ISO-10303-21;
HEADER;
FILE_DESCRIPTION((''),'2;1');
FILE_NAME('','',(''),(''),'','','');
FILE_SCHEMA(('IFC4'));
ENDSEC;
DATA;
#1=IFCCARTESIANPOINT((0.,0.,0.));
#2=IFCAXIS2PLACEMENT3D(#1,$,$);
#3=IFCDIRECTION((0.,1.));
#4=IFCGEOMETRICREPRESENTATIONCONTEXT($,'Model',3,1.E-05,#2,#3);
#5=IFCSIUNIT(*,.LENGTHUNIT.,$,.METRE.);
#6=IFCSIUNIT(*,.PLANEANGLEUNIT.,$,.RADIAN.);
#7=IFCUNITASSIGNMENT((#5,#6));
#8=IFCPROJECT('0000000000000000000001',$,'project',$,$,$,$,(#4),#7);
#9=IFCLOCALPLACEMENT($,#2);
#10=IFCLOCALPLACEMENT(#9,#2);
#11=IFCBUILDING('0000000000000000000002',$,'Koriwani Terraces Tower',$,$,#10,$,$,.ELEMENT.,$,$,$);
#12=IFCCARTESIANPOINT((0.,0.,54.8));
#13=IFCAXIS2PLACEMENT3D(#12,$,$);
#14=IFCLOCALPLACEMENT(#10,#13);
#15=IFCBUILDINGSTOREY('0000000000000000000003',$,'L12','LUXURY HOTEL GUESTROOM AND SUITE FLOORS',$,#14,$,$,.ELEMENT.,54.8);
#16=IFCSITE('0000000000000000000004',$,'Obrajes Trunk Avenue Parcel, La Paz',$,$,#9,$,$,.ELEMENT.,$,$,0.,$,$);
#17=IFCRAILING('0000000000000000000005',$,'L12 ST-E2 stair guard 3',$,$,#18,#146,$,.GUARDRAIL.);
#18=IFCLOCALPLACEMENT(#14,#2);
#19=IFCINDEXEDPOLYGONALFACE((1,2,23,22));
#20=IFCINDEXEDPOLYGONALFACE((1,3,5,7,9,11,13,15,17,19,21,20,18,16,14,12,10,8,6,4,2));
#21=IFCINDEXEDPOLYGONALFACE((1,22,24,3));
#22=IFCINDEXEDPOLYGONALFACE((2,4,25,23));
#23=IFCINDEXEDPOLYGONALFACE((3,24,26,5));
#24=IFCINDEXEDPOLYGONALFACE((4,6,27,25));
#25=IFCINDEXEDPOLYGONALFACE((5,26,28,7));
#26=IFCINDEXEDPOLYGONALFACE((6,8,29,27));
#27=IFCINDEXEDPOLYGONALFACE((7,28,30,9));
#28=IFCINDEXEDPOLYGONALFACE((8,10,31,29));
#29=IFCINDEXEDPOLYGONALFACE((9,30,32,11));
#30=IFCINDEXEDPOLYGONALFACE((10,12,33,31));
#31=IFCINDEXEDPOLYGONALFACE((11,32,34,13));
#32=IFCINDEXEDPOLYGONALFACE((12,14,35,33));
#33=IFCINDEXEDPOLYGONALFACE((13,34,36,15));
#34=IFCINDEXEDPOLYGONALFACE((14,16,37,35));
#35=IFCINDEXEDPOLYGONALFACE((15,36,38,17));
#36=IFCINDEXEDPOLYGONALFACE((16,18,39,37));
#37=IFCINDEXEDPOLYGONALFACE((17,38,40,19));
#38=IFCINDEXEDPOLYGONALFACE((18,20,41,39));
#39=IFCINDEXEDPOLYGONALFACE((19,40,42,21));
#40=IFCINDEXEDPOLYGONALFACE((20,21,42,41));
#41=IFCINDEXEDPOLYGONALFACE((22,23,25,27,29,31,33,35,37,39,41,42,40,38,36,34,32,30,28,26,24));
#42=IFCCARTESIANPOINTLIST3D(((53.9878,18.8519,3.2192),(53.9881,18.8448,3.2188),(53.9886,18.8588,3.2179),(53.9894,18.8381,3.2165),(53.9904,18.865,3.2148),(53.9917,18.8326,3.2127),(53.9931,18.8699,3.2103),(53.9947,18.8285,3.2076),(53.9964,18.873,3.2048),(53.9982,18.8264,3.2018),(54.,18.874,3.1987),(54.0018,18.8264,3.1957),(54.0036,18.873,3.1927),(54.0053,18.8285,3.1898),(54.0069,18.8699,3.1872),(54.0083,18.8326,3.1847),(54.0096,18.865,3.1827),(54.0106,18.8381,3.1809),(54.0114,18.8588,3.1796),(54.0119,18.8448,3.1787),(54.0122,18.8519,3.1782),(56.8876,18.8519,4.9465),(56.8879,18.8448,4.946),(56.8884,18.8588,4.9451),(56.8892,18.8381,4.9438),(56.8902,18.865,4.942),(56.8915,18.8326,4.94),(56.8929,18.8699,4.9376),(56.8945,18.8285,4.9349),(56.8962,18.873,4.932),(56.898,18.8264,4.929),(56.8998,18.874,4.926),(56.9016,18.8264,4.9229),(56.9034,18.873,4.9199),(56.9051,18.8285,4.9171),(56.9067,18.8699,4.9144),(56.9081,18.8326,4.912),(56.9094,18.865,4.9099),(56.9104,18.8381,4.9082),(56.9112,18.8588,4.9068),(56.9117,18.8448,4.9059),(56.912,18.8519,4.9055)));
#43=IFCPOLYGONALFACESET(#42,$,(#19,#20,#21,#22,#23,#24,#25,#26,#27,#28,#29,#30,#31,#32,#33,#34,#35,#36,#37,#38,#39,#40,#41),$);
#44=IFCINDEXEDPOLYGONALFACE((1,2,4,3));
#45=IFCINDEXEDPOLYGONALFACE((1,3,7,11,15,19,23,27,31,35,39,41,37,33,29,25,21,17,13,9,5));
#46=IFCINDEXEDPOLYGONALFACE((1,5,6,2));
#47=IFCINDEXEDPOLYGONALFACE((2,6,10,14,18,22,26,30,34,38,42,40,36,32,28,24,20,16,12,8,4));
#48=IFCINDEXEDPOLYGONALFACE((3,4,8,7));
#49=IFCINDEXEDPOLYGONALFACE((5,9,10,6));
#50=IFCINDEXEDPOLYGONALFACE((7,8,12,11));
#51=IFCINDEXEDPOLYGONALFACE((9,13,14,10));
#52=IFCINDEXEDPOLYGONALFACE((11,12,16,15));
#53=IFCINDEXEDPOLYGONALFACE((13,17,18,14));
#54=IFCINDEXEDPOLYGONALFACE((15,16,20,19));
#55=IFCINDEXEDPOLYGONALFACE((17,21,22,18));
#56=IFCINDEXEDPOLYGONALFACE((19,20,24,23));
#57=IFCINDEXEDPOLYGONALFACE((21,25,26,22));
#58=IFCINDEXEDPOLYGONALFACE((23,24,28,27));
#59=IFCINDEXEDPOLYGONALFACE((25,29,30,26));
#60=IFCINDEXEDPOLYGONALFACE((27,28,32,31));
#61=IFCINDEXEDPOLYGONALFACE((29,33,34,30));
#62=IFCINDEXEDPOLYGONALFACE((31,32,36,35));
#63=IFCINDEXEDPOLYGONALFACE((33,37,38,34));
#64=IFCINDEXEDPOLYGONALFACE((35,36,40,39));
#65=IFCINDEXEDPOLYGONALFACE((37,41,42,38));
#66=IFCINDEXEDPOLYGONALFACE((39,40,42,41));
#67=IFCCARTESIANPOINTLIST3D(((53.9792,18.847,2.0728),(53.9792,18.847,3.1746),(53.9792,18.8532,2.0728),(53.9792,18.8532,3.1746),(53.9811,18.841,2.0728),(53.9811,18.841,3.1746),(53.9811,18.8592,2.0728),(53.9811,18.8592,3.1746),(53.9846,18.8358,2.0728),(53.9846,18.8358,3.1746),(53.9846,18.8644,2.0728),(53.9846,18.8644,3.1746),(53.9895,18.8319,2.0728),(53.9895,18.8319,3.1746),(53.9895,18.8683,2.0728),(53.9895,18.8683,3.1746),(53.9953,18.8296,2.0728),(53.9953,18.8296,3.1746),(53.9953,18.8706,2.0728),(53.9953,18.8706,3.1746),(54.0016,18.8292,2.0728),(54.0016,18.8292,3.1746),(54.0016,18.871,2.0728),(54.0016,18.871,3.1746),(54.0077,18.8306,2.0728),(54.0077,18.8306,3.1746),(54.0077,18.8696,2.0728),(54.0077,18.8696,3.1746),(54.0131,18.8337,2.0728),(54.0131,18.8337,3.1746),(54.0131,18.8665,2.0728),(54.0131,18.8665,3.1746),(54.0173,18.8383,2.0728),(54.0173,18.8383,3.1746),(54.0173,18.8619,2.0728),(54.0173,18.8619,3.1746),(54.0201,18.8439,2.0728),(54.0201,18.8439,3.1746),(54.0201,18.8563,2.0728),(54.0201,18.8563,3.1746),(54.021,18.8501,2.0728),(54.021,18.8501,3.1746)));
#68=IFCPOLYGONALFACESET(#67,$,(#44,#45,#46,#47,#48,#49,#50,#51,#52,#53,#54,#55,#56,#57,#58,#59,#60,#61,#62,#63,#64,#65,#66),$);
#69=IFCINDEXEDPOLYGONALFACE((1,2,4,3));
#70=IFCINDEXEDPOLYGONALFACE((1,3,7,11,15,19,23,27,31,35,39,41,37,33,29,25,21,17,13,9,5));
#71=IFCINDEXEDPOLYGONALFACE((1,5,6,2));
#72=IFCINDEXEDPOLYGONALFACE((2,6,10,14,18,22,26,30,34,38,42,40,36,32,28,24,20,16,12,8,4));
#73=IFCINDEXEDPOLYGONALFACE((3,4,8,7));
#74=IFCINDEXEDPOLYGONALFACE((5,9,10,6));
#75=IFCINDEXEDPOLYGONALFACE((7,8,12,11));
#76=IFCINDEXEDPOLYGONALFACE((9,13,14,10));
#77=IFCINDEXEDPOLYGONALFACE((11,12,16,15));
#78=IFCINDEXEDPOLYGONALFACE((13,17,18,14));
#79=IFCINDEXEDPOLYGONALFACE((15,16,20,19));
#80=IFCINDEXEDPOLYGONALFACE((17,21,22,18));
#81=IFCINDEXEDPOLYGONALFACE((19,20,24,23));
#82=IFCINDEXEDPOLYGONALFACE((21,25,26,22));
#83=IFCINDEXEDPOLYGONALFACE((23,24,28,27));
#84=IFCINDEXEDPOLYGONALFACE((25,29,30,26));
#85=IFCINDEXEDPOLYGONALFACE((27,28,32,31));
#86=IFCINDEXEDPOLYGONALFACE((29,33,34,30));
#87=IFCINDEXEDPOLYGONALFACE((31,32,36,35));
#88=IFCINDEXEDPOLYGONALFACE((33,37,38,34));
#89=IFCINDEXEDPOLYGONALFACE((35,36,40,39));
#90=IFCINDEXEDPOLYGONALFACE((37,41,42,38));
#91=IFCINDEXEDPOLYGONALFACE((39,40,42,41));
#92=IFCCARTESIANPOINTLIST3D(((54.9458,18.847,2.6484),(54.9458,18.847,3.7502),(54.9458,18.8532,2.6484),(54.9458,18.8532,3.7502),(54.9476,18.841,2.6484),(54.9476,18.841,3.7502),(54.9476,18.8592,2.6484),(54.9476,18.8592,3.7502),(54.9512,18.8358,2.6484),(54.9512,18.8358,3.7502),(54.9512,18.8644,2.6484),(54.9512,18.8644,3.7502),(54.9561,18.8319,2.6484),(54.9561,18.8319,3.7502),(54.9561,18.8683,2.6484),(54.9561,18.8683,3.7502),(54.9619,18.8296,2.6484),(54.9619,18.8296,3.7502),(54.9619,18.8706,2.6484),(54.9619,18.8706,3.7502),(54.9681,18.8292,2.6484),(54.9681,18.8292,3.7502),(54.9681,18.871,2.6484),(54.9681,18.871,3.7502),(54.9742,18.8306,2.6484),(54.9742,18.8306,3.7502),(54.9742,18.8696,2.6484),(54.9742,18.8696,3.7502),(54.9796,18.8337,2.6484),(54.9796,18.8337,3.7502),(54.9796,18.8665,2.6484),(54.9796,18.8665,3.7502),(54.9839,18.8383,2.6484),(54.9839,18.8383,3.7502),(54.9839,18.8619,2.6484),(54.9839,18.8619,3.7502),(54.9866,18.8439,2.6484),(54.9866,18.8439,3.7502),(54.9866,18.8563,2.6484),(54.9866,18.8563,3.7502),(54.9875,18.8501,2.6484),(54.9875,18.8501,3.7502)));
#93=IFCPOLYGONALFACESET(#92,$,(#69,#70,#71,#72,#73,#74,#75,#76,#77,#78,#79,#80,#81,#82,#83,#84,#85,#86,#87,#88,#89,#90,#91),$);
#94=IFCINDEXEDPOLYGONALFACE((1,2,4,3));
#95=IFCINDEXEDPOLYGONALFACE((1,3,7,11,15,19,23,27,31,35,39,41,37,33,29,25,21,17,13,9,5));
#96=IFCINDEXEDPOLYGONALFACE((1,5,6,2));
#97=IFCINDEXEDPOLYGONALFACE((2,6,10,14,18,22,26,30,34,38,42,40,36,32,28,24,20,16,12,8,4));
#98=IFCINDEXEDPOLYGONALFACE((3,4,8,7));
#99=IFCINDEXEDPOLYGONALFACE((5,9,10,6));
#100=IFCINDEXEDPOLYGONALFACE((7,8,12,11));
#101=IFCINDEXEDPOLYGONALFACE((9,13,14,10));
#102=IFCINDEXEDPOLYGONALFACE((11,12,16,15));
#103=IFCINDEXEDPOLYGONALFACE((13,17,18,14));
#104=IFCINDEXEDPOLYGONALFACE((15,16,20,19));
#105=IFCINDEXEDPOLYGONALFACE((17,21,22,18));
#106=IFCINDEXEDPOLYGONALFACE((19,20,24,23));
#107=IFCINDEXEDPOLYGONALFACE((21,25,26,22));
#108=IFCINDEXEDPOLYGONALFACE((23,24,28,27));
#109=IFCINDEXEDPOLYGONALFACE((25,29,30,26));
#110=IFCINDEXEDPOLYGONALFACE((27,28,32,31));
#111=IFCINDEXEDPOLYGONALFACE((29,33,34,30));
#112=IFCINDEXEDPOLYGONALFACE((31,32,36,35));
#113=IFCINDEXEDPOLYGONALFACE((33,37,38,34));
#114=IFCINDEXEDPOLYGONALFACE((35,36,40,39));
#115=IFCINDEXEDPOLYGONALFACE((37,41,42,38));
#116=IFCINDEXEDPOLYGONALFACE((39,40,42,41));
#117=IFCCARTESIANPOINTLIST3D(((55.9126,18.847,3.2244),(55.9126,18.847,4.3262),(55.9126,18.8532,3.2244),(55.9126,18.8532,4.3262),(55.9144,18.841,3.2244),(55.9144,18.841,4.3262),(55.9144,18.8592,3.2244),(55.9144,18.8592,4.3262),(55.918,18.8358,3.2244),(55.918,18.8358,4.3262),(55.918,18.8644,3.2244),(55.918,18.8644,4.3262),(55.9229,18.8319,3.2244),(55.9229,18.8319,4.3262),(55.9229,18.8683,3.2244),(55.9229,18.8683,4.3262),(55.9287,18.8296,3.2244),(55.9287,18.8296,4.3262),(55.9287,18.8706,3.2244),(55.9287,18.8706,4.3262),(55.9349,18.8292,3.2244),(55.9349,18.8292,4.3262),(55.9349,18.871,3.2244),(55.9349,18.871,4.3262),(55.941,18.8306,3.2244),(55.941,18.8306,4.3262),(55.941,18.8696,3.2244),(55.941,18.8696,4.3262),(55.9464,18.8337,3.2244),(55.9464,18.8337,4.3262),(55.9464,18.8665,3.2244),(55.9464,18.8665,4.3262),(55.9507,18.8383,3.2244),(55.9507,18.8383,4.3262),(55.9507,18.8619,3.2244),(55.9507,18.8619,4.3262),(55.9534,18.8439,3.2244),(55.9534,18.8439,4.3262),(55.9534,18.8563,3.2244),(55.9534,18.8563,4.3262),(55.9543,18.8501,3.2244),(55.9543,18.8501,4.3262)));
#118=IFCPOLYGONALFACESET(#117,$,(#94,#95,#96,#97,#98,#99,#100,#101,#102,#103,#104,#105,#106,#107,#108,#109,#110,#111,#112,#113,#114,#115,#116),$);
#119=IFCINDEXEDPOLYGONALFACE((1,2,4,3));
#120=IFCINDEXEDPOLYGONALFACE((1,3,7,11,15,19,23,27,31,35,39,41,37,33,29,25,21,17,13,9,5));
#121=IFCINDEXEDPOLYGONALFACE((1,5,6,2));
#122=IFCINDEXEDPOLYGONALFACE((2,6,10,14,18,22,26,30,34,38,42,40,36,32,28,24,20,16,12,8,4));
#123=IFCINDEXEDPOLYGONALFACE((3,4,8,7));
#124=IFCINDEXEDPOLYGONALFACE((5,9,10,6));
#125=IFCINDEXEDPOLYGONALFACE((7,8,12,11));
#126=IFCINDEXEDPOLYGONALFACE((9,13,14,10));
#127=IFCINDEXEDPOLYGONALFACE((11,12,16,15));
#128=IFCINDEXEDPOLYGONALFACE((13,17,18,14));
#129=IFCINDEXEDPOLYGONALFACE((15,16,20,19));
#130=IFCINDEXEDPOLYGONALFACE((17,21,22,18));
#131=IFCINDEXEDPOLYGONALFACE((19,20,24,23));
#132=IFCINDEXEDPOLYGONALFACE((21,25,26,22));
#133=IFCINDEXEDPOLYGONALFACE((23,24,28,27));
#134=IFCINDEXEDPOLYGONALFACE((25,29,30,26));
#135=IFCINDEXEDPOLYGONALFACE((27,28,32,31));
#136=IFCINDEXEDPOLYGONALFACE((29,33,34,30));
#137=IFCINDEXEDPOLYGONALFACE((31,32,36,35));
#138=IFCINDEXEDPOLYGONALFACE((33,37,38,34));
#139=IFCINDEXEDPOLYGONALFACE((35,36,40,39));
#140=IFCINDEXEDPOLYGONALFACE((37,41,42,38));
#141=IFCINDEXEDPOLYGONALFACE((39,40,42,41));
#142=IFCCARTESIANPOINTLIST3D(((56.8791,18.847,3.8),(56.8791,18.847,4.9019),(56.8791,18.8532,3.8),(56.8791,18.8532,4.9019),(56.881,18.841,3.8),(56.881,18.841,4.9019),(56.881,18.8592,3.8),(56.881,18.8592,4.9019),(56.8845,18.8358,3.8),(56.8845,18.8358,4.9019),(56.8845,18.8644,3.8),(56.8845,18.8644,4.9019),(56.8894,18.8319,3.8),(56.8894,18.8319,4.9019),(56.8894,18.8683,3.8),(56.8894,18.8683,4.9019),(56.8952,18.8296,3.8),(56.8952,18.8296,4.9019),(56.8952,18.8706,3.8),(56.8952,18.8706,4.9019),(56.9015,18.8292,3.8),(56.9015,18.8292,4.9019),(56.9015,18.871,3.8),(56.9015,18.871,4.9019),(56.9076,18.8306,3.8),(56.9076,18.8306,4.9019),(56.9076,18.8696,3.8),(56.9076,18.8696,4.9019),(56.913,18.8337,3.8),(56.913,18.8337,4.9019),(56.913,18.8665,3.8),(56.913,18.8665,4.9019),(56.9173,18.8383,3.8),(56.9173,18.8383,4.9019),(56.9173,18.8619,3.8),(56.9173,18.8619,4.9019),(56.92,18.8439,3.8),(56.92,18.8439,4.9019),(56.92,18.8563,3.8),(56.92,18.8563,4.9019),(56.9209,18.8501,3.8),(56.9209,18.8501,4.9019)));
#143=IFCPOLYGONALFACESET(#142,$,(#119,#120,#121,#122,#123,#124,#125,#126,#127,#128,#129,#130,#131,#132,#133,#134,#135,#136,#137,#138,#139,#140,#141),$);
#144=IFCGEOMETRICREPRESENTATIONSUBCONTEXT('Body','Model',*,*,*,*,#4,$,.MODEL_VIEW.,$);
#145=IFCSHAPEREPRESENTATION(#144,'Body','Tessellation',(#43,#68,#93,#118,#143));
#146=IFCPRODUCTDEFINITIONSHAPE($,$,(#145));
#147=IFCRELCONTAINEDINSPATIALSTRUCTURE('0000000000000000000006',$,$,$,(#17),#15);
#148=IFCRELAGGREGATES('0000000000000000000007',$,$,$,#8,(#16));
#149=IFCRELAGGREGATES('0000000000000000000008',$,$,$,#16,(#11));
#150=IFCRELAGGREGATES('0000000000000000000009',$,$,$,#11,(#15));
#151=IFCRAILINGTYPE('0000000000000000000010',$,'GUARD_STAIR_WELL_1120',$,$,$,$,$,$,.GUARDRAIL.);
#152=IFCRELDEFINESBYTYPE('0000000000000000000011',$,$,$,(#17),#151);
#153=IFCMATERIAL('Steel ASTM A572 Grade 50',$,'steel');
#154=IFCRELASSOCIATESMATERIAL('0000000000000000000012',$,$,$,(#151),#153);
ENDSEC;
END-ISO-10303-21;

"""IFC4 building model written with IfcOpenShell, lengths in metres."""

from ifc_helpers import new_model, si_unit, direction, frame, origin, origin_2d, place, context, subcontext, project, spatial, circle, extrude, material, type_object, element, save


model = new_model("IFC4")

# Units and contexts
model_context = context("Model", 3, precision=1e-05, world=origin(), true_north=direction((0.0, 1.0)))
body_context = subcontext(model_context, "Body", "Model", "MODEL_VIEW")
ifc_project = project(units=[si_unit("LENGTHUNIT", "METRE"), si_unit("PLANEANGLEUNIT", "RADIAN")], contexts=[model_context])

# Site, building, storey
site_placement = place(None, origin())
site = spatial("IfcSite", under=ifc_project, at=site_placement, Name="Obrajes Trunk Avenue Parcel, La Paz", CompositionType="ELEMENT", RefElevation=0.0)
building_placement = place(site_placement, origin())
building = spatial("IfcBuilding", under=site, at=building_placement, Name="Koriwani Terraces Tower", CompositionType="ELEMENT")
storey_placement = place(building_placement, frame((0.0, 0.0, 54.8)))
storey = spatial("IfcBuildingStorey", under=building, at=storey_placement, Name="L12", Description="LUXURY HOTEL GUESTROOM AND SUITE FLOORS", CompositionType="ELEMENT", Elevation=54.8)

# Shared definitions
ifc_material_1 = material(Name="Steel ASTM A572 Grade 50", Category="steel")

# Railing
railing_type_1 = type_object("IfcRailingType", Name="GUARD_STAIR_WELL_1120", PredefinedType="GUARDRAIL", material=ifc_material_1)
railing_1_placement = place(storey_placement, frame((54.0, 18.8501, 2.0728)))
element("IfcRailing", 1, at=railing_1_placement, inside=storey, type_object=railing_type_1, Name="L12 ST-E2 stair guard 3", PredefinedType="GUARDRAIL", context=body_context, shape_type="SweptSolid", body=[
    extrude(circle(Radius=0.0239, at=origin_2d()), frame((0.0, 0.0, 1.126), z_axis=(0.859141, 0.0, 0.511738), x_axis=(0.0, 1.0, 0.0)), (0.0, 0.0, 1.0), 3.3752),
    extrude(circle(Radius=0.021, at=origin_2d()), origin(), (0.0, 0.0, 1.0), 1.1018),
    extrude(circle(Radius=0.021, at=origin_2d()), frame((0.9666, 0.0, 0.5757)), (0.0, 0.0, 1.0), 1.1018),
    extrude(circle(Radius=0.021, at=origin_2d()), frame((1.9333, 0.0, 1.1516)), (0.0, 0.0, 1.0), 1.1018),
    extrude(circle(Radius=0.021, at=origin_2d()), frame((2.8999, 0.0, 1.7273)), (0.0, 0.0, 1.0), 1.1018),
])

save(model, "model.ifc")
